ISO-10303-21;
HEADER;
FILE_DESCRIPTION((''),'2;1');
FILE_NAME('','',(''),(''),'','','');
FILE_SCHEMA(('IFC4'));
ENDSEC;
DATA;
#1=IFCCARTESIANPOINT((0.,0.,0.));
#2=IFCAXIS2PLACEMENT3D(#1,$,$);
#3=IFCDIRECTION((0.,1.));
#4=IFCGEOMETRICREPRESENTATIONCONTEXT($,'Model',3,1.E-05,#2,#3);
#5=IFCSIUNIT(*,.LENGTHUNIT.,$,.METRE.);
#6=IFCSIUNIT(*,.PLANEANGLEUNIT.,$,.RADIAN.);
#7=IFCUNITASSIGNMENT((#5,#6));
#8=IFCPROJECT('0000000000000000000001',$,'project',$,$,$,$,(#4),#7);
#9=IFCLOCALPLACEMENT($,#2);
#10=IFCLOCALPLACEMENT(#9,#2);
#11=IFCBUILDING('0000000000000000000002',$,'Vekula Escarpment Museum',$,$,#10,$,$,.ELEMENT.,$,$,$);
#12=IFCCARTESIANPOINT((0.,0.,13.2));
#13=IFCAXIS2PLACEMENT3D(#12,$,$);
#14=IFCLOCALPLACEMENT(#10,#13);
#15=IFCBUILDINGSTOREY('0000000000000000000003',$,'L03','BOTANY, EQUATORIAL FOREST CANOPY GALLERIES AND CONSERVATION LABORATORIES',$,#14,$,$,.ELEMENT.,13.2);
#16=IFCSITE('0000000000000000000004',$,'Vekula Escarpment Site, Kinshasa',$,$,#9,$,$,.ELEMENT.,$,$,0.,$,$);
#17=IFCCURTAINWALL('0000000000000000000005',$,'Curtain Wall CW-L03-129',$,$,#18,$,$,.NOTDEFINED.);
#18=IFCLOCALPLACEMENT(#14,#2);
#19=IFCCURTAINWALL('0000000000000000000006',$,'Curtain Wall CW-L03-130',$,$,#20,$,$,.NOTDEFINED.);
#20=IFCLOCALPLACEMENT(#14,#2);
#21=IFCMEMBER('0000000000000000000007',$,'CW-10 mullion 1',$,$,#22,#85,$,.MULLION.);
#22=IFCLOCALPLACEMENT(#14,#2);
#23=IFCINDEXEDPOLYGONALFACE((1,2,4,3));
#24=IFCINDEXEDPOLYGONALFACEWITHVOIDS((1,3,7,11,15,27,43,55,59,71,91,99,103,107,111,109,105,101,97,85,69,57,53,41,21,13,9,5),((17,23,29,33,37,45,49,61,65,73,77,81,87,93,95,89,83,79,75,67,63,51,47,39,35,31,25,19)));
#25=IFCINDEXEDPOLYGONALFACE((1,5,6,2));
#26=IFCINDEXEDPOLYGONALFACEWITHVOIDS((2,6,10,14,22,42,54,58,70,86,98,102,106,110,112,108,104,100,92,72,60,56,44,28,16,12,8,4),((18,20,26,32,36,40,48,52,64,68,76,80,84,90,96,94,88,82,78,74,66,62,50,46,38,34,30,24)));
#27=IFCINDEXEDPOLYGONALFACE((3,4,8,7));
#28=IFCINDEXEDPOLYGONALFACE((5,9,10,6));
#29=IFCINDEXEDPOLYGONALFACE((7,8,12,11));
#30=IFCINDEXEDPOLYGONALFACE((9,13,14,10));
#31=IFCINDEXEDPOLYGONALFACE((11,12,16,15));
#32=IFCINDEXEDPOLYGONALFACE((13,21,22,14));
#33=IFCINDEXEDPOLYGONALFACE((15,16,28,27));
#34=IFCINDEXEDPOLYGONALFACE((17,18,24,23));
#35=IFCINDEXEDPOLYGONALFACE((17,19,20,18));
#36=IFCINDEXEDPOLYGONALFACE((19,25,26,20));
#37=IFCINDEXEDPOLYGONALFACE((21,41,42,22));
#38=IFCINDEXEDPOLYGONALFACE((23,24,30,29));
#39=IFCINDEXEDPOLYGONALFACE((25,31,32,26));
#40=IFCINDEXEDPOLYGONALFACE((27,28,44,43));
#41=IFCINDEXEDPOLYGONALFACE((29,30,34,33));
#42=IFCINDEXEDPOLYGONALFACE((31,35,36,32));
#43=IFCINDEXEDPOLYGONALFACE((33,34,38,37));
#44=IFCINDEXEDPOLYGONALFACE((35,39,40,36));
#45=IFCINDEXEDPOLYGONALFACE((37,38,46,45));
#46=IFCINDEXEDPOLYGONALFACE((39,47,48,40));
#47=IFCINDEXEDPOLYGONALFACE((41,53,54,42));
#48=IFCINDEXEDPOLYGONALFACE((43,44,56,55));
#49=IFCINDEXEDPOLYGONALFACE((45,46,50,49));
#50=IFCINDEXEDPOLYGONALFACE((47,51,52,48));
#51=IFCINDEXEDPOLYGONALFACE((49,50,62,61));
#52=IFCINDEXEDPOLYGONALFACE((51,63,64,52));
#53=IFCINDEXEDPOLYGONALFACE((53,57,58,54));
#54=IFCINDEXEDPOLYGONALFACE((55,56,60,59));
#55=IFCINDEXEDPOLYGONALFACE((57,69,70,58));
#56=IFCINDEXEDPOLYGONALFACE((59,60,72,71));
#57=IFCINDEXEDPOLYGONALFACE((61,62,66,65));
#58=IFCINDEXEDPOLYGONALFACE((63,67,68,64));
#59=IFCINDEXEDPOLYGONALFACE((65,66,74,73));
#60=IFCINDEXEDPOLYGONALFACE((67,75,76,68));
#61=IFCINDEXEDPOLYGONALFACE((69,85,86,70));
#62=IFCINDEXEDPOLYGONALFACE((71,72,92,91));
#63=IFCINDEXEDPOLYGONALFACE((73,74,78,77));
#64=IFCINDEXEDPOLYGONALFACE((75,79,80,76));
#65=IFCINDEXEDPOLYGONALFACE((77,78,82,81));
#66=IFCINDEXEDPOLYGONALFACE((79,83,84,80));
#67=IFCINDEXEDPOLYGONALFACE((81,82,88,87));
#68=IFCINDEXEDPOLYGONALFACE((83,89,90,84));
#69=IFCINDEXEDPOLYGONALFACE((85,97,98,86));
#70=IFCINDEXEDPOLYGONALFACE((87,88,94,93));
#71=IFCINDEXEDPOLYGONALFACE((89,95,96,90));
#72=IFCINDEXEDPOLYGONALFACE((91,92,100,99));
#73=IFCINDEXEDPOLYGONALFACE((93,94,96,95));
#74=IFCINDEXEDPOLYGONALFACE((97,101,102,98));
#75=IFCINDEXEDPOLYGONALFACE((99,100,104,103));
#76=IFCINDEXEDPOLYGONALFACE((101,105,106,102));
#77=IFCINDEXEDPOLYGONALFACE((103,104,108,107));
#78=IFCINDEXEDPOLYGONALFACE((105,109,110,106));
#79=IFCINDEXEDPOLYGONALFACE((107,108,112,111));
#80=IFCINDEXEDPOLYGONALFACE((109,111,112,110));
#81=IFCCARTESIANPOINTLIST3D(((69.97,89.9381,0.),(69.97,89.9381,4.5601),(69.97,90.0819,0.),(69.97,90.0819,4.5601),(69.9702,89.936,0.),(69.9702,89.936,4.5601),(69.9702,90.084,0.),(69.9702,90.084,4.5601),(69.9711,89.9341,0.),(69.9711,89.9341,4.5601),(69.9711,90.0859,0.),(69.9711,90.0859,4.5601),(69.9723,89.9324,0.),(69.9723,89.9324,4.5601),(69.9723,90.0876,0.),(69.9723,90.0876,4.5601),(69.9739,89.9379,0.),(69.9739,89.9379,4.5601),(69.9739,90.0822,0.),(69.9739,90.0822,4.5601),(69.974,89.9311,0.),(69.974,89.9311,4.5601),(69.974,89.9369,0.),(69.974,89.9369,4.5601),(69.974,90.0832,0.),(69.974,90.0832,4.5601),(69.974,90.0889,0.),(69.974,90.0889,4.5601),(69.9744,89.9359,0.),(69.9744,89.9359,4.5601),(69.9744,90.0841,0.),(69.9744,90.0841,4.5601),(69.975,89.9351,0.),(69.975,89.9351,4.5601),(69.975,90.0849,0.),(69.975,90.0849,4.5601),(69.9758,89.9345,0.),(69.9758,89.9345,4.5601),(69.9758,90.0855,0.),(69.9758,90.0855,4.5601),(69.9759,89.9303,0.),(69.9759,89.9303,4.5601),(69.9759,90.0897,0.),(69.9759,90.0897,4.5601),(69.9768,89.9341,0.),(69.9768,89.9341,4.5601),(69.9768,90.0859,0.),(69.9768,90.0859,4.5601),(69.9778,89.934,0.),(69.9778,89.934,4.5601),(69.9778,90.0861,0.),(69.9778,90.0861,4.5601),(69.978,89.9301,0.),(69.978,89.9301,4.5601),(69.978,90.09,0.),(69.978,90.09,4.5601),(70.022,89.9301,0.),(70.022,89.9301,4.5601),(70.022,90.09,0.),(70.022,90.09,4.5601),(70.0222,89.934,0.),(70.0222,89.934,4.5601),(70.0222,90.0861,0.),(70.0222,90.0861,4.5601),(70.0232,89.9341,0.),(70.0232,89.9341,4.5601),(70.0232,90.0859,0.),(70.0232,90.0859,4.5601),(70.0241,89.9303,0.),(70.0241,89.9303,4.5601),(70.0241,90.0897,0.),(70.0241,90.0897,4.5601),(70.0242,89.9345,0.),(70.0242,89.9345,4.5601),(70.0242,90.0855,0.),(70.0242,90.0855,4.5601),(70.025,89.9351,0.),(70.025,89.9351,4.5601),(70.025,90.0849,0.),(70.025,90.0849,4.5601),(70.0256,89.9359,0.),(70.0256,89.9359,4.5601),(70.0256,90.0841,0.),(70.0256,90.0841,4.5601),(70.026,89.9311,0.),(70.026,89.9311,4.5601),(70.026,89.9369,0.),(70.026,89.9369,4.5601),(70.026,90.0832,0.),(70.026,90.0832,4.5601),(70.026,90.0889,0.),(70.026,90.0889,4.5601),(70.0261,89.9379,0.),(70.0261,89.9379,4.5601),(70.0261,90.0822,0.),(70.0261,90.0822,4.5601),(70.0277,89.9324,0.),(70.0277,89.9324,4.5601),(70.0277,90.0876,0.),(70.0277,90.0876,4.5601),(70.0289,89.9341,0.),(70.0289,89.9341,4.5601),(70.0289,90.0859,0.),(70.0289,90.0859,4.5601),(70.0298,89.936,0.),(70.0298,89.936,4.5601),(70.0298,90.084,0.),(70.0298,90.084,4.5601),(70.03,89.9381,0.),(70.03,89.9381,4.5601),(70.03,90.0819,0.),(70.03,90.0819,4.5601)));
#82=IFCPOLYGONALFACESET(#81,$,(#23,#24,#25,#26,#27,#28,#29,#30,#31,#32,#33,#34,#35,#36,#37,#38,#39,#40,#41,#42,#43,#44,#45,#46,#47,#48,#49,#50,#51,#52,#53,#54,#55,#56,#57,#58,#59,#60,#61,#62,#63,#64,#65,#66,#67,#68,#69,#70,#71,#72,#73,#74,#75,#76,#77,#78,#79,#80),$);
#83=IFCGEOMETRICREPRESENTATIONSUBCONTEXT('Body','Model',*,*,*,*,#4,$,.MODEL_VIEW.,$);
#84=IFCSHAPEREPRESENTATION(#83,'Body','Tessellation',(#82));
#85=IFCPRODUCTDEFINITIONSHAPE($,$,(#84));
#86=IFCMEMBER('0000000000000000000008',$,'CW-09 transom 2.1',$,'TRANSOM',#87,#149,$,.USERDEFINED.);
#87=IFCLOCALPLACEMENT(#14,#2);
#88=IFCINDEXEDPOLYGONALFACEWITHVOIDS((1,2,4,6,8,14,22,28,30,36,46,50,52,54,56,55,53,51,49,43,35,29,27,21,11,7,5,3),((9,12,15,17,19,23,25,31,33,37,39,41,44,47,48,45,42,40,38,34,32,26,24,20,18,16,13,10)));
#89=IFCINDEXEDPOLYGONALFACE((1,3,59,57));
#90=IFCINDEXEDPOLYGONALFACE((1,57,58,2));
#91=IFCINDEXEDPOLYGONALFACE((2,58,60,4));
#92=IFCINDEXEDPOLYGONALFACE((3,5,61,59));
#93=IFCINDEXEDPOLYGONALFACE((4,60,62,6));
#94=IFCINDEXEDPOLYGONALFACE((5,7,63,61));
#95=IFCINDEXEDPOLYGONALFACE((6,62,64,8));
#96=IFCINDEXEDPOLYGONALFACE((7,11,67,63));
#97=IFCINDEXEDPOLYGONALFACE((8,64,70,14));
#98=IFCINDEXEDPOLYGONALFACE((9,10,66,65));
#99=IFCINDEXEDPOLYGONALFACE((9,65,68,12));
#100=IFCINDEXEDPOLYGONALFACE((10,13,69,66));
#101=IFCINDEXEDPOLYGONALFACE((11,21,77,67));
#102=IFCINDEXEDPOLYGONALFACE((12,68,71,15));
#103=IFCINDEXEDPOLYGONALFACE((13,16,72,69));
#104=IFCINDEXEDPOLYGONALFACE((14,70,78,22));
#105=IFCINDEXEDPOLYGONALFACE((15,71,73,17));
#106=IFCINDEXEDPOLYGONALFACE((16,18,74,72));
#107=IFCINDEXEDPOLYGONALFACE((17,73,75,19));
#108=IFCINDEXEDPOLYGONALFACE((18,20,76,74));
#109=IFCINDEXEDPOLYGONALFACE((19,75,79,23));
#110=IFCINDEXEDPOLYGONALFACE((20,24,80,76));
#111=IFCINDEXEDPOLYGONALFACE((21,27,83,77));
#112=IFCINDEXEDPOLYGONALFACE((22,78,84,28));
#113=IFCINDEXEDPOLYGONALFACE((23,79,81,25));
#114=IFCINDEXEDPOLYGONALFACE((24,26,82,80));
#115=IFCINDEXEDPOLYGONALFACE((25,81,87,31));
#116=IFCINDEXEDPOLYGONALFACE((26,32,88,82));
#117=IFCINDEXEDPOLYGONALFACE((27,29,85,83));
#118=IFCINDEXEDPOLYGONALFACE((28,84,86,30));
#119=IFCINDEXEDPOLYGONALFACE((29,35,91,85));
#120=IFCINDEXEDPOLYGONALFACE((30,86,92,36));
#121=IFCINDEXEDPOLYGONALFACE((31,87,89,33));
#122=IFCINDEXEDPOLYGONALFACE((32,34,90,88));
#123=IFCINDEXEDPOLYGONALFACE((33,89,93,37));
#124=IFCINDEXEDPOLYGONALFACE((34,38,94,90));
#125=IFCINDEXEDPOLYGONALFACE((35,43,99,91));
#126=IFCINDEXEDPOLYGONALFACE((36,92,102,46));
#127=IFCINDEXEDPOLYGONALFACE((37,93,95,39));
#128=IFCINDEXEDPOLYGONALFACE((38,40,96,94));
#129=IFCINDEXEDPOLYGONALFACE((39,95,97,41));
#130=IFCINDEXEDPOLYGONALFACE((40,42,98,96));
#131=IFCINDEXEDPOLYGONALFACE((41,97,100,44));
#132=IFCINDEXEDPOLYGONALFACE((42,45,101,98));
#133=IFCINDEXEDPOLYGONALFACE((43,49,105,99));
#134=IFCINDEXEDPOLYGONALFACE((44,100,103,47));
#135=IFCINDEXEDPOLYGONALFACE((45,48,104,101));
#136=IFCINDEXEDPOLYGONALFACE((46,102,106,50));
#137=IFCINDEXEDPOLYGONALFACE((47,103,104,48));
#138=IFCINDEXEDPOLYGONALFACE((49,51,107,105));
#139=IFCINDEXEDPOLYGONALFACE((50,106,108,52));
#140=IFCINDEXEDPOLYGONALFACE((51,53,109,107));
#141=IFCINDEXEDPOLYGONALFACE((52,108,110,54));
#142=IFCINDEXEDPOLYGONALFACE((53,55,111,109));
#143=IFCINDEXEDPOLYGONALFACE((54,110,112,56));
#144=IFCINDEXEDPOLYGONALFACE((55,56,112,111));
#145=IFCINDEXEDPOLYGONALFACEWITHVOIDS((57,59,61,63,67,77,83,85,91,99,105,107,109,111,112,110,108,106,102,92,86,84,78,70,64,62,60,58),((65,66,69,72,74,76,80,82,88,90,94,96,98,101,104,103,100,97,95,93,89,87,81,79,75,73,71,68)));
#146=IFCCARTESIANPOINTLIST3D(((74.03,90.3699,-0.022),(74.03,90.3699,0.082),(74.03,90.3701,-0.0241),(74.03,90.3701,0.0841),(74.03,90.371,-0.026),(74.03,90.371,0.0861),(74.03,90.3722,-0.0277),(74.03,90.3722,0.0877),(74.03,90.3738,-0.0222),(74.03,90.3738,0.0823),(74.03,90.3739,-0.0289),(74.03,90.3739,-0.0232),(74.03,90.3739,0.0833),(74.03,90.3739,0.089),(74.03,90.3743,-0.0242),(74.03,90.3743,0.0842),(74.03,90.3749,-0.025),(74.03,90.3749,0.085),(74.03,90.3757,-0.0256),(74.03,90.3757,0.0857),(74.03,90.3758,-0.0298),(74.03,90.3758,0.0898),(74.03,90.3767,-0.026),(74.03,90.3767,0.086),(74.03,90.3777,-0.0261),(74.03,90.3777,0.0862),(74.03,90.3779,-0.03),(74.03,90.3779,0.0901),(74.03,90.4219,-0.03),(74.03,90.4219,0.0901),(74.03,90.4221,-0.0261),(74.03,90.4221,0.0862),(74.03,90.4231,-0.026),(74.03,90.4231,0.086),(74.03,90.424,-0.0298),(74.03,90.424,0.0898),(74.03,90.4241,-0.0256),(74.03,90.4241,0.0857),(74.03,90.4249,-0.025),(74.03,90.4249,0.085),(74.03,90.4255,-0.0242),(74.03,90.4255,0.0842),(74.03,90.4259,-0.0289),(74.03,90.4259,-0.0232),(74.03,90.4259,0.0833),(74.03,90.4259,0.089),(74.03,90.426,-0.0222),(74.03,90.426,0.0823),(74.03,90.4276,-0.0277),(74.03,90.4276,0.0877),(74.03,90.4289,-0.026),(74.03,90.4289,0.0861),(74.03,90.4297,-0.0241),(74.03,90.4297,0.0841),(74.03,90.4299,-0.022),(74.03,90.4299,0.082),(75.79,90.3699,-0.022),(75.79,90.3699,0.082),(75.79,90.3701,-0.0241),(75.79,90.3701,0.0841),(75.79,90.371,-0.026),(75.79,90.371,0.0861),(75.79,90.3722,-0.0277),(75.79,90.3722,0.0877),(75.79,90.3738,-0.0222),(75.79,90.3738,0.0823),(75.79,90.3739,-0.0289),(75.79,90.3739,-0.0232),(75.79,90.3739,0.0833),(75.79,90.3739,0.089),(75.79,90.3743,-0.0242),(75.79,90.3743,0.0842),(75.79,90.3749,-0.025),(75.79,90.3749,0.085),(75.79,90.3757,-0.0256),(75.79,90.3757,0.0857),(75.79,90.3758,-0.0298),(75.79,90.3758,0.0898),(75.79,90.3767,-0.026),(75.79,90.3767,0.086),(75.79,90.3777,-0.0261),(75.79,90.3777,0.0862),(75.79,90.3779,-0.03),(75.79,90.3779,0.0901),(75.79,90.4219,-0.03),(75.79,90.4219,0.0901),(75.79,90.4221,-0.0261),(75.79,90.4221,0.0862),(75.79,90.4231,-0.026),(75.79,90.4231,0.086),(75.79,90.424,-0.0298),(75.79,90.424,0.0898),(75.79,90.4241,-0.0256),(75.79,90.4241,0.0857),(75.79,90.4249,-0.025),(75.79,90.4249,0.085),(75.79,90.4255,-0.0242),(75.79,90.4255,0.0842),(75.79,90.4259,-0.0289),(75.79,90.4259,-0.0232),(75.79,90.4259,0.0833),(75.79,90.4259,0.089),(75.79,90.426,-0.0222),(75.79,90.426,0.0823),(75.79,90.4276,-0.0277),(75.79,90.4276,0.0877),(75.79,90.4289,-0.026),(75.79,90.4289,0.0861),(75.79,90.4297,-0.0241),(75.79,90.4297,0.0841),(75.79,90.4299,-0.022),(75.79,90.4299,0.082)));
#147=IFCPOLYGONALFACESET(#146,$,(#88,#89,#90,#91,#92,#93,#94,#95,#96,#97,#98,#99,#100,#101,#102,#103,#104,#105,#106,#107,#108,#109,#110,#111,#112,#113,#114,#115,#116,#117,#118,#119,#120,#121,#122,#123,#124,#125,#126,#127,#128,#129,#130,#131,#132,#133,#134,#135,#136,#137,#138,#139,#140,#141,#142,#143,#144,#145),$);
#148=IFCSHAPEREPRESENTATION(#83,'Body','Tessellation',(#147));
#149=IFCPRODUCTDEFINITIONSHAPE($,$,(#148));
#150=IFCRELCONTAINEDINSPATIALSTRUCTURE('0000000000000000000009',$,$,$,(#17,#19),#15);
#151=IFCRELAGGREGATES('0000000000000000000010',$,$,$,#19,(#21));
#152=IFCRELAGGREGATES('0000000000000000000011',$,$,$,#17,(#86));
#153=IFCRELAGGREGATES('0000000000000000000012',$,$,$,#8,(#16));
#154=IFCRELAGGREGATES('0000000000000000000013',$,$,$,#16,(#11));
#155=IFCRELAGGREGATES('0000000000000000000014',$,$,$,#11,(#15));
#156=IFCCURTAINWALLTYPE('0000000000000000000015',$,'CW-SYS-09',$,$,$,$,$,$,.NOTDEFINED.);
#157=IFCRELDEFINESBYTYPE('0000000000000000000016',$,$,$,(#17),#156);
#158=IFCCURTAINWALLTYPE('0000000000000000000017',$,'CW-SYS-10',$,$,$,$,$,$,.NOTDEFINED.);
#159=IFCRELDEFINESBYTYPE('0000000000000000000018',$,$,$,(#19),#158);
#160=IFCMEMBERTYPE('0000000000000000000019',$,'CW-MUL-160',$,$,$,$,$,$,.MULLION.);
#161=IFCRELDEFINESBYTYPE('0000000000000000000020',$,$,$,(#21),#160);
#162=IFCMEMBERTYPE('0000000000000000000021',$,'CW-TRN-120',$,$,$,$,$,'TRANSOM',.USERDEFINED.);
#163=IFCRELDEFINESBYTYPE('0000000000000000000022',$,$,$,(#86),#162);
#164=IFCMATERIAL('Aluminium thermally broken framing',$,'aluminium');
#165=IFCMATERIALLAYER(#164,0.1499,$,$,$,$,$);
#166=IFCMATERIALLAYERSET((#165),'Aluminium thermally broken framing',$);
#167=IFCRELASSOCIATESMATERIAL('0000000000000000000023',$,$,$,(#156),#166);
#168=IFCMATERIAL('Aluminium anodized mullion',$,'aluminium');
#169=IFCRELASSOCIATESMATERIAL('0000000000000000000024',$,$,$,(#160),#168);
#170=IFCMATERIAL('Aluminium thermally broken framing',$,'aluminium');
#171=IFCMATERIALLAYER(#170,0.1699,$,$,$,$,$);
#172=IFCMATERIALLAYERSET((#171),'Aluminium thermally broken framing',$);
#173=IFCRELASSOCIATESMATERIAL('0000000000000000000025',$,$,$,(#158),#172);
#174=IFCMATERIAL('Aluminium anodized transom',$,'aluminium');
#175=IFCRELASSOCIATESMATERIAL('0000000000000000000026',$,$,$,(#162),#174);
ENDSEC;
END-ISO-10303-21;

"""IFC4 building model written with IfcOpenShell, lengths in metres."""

from ifc_helpers import new_model, si_unit, direction, frame, origin, origin_2d, place, context, subcontext, project, spatial, hollow_rectangle, extrude, material, layer, layer_set, material_profile, profile_set, type_object, element, aggregate, save


model = new_model("IFC4")

# Units and contexts
model_context = context("Model", 3, precision=1e-05, world=origin(), true_north=direction((0.0, 1.0)))
body_context = subcontext(model_context, "Body", "Model", "MODEL_VIEW")
ifc_project = project(units=[si_unit("LENGTHUNIT", "METRE"), si_unit("PLANEANGLEUNIT", "RADIAN")], contexts=[model_context])

# Site, building, storey
site_placement = place(None, origin())
site = spatial("IfcSite", under=ifc_project, at=site_placement, Name="Vekula Escarpment Site, Kinshasa", CompositionType="ELEMENT", RefElevation=0.0)
building_placement = place(site_placement, origin())
building = spatial("IfcBuilding", under=site, at=building_placement, Name="Vekula Escarpment Museum", CompositionType="ELEMENT")
storey_placement = place(building_placement, frame((0.0, 0.0, 13.2)))
storey = spatial("IfcBuildingStorey", under=building, at=storey_placement, Name="L03", Description="BOTANY, EQUATORIAL FOREST CANOPY GALLERIES AND CONSERVATION LABORATORIES", CompositionType="ELEMENT", Elevation=13.2)

# Curtain wall
ifc_material_1 = material(Name="Aluminium thermally broken framing", Category="aluminium")
ifc_layer_1 = layer(ifc_material_1, 0.1499)
ifc_layer_set_1 = layer_set([ifc_layer_1], Name="Aluminium thermally broken framing")
curtain_wall_type_1 = type_object("IfcCurtainWallType", Name="CW-SYS-09", PredefinedType="NOTDEFINED", material=ifc_layer_set_1)
curtain_wall_1_placement = place(storey_placement, origin())
curtain_wall_1 = element("IfcCurtainWall", 1, at=curtain_wall_1_placement, inside=storey, type_object=curtain_wall_type_1, Name="Curtain Wall CW-L03-129", PredefinedType="NOTDEFINED")
ifc_material_2 = material(Name="Aluminium anodized mullion", Category="aluminium")
ifc_material_profile_1 = material_profile(ifc_material_2, hollow_rectangle(XDim=0.0601, YDim=0.1599, WallThickness=0.0039, InnerFilletRadius=0.0039, OuterFilletRadius=0.0081, at=origin_2d()), Name="ALU 160x60x4")
ifc_profile_set_1 = profile_set([ifc_material_profile_1], Name="Aluminium anodized mullion")
member_type_1 = type_object("IfcMemberType", Name="CW-MUL-160", PredefinedType="MULLION", material=ifc_profile_set_1)

# Curtain wall, member
ifc_material_3 = material(Name="Aluminium thermally broken framing", Category="aluminium")
ifc_layer_2 = layer(ifc_material_3, 0.1699)
ifc_layer_set_2 = layer_set([ifc_layer_2], Name="Aluminium thermally broken framing")
curtain_wall_type_2 = type_object("IfcCurtainWallType", Name="CW-SYS-10", PredefinedType="NOTDEFINED", material=ifc_layer_set_2)
curtain_wall_2_placement = place(storey_placement, origin())
curtain_wall_2 = element("IfcCurtainWall", 2, at=curtain_wall_2_placement, inside=storey, type_object=curtain_wall_type_2, Name="Curtain Wall CW-L03-130", PredefinedType="NOTDEFINED")
member_1_placement = place(storey_placement, frame((70.0, 90.01, 0.0), z_axis=(0.0, 0.0, 1.0), x_axis=(1.0, 0.0, 0.0)))
member_1 = element("IfcMember", 3, at=member_1_placement, type_object=member_type_1, Name="CW-10 mullion 1", PredefinedType="MULLION", context=body_context, shape_type="SweptSolid", body=[
    extrude(hollow_rectangle(XDim=0.0601, YDim=0.1599, WallThickness=0.0039, InnerFilletRadius=0.0039, OuterFilletRadius=0.0081, at=origin_2d()), origin(), (0.0, 0.0, 1.0), 4.5601),
])

# Member
ifc_material_4 = material(Name="Aluminium anodized transom", Category="aluminium")
ifc_material_profile_2 = material_profile(ifc_material_4, hollow_rectangle(XDim=0.0601, YDim=0.1201, WallThickness=0.0039, InnerFilletRadius=0.0039, OuterFilletRadius=0.0081, at=origin_2d()), Name="ALU 120x60x4")
ifc_profile_set_2 = profile_set([ifc_material_profile_2], Name="Aluminium anodized transom")
member_type_2 = type_object("IfcMemberType", Name="CW-TRN-120", ElementType="TRANSOM", PredefinedType="USERDEFINED", material=ifc_profile_set_2)
member_2_placement = place(storey_placement, frame((75.79, 90.3999, 0.03), z_axis=(-1.0, 0.0, 0.0), x_axis=(0.0, -1.0, 0.0)))
member_2 = element("IfcMember", 4, at=member_2_placement, type_object=member_type_2, Name="CW-09 transom 2.1", ObjectType="TRANSOM", PredefinedType="USERDEFINED", context=body_context, shape_type="SweptSolid", body=[
    extrude(hollow_rectangle(XDim=0.0601, YDim=0.1201, WallThickness=0.0039, InnerFilletRadius=0.0039, OuterFilletRadius=0.0081, at=origin_2d()), origin(), (0.0, 0.0, 1.0), 1.76),
])
aggregate(curtain_wall_2, [member_1])

aggregate(curtain_wall_1, [member_2])

save(model, "model.ifc")
